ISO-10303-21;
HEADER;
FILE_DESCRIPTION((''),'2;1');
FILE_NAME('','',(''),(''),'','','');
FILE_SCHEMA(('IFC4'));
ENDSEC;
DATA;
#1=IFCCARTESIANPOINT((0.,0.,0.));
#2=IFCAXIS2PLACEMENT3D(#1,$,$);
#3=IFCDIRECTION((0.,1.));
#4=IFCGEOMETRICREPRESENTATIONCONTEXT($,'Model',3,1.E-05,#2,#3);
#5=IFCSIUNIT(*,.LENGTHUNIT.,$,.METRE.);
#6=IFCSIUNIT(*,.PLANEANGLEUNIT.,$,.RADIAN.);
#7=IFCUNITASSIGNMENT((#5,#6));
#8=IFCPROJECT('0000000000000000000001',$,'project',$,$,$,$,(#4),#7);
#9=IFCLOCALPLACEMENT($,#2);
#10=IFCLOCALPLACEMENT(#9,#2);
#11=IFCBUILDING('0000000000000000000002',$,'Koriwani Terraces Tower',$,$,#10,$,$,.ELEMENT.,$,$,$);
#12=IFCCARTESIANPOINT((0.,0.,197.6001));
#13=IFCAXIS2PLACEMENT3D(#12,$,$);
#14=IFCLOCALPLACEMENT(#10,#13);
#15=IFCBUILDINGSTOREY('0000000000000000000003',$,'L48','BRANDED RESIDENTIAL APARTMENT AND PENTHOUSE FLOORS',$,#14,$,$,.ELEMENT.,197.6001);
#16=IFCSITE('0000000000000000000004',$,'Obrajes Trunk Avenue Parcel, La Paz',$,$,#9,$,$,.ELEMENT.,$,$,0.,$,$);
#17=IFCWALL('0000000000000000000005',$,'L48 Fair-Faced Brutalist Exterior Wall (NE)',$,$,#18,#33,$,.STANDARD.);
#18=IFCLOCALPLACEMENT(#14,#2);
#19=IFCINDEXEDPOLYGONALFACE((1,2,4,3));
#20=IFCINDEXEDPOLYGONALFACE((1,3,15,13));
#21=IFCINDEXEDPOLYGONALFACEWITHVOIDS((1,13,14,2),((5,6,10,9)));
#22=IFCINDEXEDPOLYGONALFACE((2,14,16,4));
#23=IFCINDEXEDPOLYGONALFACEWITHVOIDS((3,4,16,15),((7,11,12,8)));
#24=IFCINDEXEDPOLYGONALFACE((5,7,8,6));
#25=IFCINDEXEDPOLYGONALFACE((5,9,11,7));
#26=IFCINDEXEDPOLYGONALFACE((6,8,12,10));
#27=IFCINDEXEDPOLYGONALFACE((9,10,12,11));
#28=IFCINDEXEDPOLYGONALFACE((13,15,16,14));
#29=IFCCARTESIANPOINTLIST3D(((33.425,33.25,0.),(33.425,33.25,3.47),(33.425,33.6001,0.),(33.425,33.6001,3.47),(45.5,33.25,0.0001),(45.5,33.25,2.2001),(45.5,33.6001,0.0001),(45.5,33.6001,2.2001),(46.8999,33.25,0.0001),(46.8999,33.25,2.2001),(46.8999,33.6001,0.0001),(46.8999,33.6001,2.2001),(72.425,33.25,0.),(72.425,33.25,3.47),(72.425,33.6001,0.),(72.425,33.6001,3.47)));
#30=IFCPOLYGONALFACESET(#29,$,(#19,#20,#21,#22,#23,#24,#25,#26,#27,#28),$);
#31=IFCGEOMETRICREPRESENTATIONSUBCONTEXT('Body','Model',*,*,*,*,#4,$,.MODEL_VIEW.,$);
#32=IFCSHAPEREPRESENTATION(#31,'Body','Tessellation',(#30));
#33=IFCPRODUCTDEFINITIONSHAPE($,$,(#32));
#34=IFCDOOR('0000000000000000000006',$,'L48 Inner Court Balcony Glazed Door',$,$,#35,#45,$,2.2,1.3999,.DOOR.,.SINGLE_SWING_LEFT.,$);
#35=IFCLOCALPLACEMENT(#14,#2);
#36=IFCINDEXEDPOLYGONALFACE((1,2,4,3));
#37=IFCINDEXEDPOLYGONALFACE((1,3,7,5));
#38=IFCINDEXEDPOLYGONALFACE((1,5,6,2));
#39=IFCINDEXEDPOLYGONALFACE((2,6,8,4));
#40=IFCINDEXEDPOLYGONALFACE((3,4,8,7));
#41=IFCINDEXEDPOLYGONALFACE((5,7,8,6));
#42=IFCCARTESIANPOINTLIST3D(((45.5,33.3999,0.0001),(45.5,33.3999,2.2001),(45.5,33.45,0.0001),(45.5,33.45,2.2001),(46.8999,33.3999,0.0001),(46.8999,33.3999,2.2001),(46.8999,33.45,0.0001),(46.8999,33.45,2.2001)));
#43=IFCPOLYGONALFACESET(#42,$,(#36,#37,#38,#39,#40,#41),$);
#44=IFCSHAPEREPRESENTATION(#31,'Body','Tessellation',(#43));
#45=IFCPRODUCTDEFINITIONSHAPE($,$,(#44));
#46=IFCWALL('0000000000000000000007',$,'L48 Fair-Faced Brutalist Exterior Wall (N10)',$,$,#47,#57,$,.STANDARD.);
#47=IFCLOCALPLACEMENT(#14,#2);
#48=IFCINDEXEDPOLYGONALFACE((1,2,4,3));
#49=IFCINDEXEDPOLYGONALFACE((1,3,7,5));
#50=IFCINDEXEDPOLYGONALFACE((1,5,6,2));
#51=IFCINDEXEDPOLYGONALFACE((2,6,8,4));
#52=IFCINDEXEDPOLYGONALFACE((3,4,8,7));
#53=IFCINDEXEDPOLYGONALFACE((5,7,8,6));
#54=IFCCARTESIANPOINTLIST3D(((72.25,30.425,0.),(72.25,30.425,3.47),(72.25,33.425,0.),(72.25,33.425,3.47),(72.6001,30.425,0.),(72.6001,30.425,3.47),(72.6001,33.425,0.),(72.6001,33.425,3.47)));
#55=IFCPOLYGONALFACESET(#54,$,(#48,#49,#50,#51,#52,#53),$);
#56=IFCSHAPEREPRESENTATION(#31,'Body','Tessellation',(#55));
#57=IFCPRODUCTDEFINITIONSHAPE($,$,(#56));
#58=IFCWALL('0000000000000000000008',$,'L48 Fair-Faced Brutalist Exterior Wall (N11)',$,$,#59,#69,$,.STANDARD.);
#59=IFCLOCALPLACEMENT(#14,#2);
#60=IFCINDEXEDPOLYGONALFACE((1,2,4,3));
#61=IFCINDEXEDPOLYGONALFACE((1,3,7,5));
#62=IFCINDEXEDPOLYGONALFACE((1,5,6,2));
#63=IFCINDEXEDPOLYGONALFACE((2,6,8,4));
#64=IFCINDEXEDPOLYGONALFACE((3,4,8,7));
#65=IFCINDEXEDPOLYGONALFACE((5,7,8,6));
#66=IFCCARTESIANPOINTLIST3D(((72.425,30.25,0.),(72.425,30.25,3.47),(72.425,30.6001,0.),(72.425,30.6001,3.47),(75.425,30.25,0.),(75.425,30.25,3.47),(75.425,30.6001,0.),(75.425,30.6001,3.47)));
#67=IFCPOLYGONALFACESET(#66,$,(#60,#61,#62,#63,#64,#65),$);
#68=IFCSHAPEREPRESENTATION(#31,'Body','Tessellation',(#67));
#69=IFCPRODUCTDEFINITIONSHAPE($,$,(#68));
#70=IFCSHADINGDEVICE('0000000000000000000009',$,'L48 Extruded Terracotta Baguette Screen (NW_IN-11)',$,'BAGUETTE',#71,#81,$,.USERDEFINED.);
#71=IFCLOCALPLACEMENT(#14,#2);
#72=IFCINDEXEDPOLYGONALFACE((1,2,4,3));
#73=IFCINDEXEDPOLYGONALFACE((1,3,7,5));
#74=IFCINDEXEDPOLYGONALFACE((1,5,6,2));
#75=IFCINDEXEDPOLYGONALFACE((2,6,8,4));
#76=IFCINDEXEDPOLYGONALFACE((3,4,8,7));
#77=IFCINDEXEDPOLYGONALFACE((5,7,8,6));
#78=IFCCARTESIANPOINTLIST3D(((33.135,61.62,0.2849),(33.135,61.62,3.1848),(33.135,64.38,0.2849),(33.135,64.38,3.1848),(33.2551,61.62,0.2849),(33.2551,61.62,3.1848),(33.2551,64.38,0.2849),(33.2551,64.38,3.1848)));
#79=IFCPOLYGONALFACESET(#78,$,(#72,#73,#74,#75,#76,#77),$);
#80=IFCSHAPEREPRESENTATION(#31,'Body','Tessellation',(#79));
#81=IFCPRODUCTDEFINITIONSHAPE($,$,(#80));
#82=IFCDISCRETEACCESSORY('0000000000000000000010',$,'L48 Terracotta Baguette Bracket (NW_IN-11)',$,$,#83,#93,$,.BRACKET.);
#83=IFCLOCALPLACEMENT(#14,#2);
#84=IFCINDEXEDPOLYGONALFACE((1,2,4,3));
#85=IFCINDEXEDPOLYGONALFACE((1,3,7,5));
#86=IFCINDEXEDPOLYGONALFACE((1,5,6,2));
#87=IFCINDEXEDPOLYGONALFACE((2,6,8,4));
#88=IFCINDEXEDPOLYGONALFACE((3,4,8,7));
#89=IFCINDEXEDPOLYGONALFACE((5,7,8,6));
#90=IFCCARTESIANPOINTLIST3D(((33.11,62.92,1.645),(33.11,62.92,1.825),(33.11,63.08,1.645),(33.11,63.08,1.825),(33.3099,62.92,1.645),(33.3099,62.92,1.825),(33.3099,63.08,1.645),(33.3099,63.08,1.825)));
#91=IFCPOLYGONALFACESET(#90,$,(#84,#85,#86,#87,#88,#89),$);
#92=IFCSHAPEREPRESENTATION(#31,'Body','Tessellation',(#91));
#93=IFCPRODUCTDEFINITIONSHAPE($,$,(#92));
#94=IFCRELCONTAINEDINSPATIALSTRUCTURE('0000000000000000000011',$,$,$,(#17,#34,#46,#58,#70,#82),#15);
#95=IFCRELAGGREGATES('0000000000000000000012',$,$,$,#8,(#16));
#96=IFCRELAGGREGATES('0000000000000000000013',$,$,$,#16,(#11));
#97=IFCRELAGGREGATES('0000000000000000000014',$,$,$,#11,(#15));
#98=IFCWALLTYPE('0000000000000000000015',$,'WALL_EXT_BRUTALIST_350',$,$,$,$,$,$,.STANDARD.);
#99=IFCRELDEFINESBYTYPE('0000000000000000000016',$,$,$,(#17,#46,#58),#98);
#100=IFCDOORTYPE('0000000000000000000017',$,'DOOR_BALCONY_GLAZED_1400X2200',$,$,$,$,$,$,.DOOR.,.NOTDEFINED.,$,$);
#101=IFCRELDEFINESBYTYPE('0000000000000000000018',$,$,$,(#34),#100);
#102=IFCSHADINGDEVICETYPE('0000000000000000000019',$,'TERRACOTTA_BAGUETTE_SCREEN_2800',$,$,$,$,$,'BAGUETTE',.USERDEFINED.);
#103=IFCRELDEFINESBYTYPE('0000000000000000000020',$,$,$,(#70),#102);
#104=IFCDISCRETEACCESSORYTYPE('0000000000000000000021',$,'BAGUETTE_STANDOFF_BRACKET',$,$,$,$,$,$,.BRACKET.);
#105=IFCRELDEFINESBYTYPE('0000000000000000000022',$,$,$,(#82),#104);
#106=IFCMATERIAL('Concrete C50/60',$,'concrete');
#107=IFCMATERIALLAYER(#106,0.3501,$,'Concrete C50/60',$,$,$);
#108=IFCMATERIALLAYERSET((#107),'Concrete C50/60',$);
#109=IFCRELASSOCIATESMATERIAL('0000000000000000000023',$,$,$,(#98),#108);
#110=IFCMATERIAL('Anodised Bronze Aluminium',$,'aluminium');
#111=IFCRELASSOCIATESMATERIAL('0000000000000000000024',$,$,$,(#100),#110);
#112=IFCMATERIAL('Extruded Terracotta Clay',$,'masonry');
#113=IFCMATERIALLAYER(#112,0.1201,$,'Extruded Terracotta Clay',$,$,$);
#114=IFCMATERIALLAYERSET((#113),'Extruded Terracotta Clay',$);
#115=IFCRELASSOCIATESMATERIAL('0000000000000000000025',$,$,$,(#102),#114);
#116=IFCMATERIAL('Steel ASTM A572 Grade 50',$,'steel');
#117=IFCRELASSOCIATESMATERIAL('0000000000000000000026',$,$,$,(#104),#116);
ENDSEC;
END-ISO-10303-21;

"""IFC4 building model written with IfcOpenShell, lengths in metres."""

from ifc_helpers import new_model, si_unit, direction, frame, frame_2d, origin, origin_2d, place, context, subcontext, project, spatial, rectangle, extrude, material, layer, layer_set, type_object, element, fill, save


model = new_model("IFC4")

# Units and contexts
model_context = context("Model", 3, precision=1e-05, world=origin(), true_north=direction((0.0, 1.0)))
body_context = subcontext(model_context, "Body", "Model", "MODEL_VIEW")
ifc_project = project(units=[si_unit("LENGTHUNIT", "METRE"), si_unit("PLANEANGLEUNIT", "RADIAN")], contexts=[model_context])

# Site, building, storey
site_placement = place(None, origin())
site = spatial("IfcSite", under=ifc_project, at=site_placement, Name="Obrajes Trunk Avenue Parcel, La Paz", CompositionType="ELEMENT", RefElevation=0.0)
building_placement = place(site_placement, origin())
building = spatial("IfcBuilding", under=site, at=building_placement, Name="Koriwani Terraces Tower", CompositionType="ELEMENT")
storey_placement = place(building_placement, frame((0.0, 0.0, 197.6001)))
storey = spatial("IfcBuildingStorey", under=building, at=storey_placement, Name="L48", Description="BRANDED RESIDENTIAL APARTMENT AND PENTHOUSE FLOORS", CompositionType="ELEMENT", Elevation=197.6001)

# Shared definitions
ifc_material_1 = material(Name="Concrete C50/60", Category="concrete")

# Shared definitions
ifc_material_2 = material(Name="Anodised Bronze Aluminium", Category="aluminium")

# Shared definitions
ifc_layer_1 = layer(ifc_material_1, 0.3501, Name="Concrete C50/60")
ifc_layer_set_1 = layer_set([ifc_layer_1], Name="Concrete C50/60")
wall_type = type_object("IfcWallType", Name="WALL_EXT_BRUTALIST_350", PredefinedType="STANDARD", material=ifc_layer_set_1)

# Wall, opening, door
wall_1_placement = place(storey_placement, frame((33.425, 33.425, 0.0), z_axis=(0.0, 0.0, 1.0), x_axis=(1.0, 0.0, 0.0)))
wall_1 = element("IfcWall", 1, at=wall_1_placement, inside=storey, type_object=wall_type, Name="L48 Fair-Faced Brutalist Exterior Wall (NE)", PredefinedType="STANDARD", context=body_context, shape_type="SweptSolid", body=[
    extrude(rectangle(XDim=39.0, YDim=0.3501, at=frame_2d((19.5, 0.0))), origin(), (0.0, 0.0, 1.0), 3.47),
])
opening_1_placement = place(wall_1_placement, frame((12.075, 0.0, 0.0)))
opening_1 = element("IfcOpeningElement", 2, at=opening_1_placement, cuts=wall_1, PredefinedType="OPENING", context=body_context, shape_type="SweptSolid", body=[
    extrude(rectangle(XDim=1.3999, YDim=2.2, at=frame_2d((0.7, 1.1001))), frame((0.0, 0.1851, 0.0), z_axis=(0.0, -1.0, 0.0), x_axis=(1.0, 0.0, 0.0)), (0.0, 0.0, 1.0), 0.3701),
])
door_type = type_object("IfcDoorType", Name="DOOR_BALCONY_GLAZED_1400X2200", OperationType="NOTDEFINED", PredefinedType="DOOR", material=ifc_material_2)
door_placement = place(opening_1_placement, origin())
door = element("IfcDoor", 3, at=door_placement, inside=storey, type_object=door_type, Name="L48 Inner Court Balcony Glazed Door", OperationType="SINGLE_SWING_LEFT", OverallHeight=2.2, OverallWidth=1.3999, PredefinedType="DOOR", context=body_context, shape_type="SweptSolid", body=[
    extrude(rectangle(XDim=1.3999, YDim=2.2, at=frame_2d((0.7, 1.1001))), frame((0.0, 0.0249, 0.0), z_axis=(0.0, -1.0, 0.0), x_axis=(1.0, 0.0, 0.0)), (0.0, 0.0, 1.0), 0.05),
])
fill(opening_1, door)

# Walls
for number, where, z_axis, x_axis, name in (
    (4, (72.425, 33.425, 0.0), (0.0, 0.0, 1.0), (0.0, -1.0, 0.0), "L48 Fair-Faced Brutalist Exterior Wall (N10)"),
    (5, (72.425, 30.425, 0.0), (0.0, 0.0, 1.0), (1.0, 0.0, 0.0), "L48 Fair-Faced Brutalist Exterior Wall (N11)"),
):
    element("IfcWall", number, at=place(storey_placement, frame(where, z_axis=z_axis, x_axis=x_axis)), inside=storey, type_object=wall_type, Name=name, PredefinedType="STANDARD", context=body_context, shape_type="SweptSolid", body=[
        extrude(rectangle(XDim=3.0, YDim=0.3501, at=frame_2d((1.5, 0.0))), origin(), (0.0, 0.0, 1.0), 3.47),
    ])

# Shared definitions
ifc_material_3 = material(Name="Steel ASTM A572 Grade 50", Category="steel")

# Shading device
ifc_material_4 = material(Name="Extruded Terracotta Clay", Category="masonry")
ifc_layer_2 = layer(ifc_material_4, 0.1201, Name="Extruded Terracotta Clay")
ifc_layer_set_2 = layer_set([ifc_layer_2], Name="Extruded Terracotta Clay")
shading_device_type = type_object("IfcShadingDeviceType", Name="TERRACOTTA_BAGUETTE_SCREEN_2800", ElementType="BAGUETTE", PredefinedType="USERDEFINED", material=ifc_layer_set_2)
shading_device_placement = place(storey_placement, frame((33.1951, 63.0, 0.2849), z_axis=(0.0, 0.0, 1.0), x_axis=(0.0, -1.0, 0.0)))
element("IfcShadingDevice", 6, at=shading_device_placement, inside=storey, type_object=shading_device_type, Name="L48 Extruded Terracotta Baguette Screen (NW_IN-11)", ObjectType="BAGUETTE", PredefinedType="USERDEFINED", context=body_context, shape_type="SweptSolid", body=[
    extrude(rectangle(XDim=2.76, YDim=0.1201, at=origin_2d()), origin(), (0.0, 0.0, 1.0), 2.8999),
])

# Discrete accessory
discrete_accessory_type = type_object("IfcDiscreteAccessoryType", Name="BAGUETTE_STANDOFF_BRACKET", PredefinedType="BRACKET", material=ifc_material_3)
discrete_accessory_placement = place(storey_placement, frame((33.21, 63.0, 1.645), z_axis=(0.0, 0.0, 1.0), x_axis=(0.0, -1.0, 0.0)))
element("IfcDiscreteAccessory", 7, at=discrete_accessory_placement, inside=storey, type_object=discrete_accessory_type, Name="L48 Terracotta Baguette Bracket (NW_IN-11)", PredefinedType="BRACKET", context=body_context, shape_type="SweptSolid", body=[
    extrude(rectangle(XDim=0.1599, YDim=0.2, at=origin_2d()), origin(), (0.0, 0.0, 1.0), 0.1799),
])

save(model, "model.ifc")
